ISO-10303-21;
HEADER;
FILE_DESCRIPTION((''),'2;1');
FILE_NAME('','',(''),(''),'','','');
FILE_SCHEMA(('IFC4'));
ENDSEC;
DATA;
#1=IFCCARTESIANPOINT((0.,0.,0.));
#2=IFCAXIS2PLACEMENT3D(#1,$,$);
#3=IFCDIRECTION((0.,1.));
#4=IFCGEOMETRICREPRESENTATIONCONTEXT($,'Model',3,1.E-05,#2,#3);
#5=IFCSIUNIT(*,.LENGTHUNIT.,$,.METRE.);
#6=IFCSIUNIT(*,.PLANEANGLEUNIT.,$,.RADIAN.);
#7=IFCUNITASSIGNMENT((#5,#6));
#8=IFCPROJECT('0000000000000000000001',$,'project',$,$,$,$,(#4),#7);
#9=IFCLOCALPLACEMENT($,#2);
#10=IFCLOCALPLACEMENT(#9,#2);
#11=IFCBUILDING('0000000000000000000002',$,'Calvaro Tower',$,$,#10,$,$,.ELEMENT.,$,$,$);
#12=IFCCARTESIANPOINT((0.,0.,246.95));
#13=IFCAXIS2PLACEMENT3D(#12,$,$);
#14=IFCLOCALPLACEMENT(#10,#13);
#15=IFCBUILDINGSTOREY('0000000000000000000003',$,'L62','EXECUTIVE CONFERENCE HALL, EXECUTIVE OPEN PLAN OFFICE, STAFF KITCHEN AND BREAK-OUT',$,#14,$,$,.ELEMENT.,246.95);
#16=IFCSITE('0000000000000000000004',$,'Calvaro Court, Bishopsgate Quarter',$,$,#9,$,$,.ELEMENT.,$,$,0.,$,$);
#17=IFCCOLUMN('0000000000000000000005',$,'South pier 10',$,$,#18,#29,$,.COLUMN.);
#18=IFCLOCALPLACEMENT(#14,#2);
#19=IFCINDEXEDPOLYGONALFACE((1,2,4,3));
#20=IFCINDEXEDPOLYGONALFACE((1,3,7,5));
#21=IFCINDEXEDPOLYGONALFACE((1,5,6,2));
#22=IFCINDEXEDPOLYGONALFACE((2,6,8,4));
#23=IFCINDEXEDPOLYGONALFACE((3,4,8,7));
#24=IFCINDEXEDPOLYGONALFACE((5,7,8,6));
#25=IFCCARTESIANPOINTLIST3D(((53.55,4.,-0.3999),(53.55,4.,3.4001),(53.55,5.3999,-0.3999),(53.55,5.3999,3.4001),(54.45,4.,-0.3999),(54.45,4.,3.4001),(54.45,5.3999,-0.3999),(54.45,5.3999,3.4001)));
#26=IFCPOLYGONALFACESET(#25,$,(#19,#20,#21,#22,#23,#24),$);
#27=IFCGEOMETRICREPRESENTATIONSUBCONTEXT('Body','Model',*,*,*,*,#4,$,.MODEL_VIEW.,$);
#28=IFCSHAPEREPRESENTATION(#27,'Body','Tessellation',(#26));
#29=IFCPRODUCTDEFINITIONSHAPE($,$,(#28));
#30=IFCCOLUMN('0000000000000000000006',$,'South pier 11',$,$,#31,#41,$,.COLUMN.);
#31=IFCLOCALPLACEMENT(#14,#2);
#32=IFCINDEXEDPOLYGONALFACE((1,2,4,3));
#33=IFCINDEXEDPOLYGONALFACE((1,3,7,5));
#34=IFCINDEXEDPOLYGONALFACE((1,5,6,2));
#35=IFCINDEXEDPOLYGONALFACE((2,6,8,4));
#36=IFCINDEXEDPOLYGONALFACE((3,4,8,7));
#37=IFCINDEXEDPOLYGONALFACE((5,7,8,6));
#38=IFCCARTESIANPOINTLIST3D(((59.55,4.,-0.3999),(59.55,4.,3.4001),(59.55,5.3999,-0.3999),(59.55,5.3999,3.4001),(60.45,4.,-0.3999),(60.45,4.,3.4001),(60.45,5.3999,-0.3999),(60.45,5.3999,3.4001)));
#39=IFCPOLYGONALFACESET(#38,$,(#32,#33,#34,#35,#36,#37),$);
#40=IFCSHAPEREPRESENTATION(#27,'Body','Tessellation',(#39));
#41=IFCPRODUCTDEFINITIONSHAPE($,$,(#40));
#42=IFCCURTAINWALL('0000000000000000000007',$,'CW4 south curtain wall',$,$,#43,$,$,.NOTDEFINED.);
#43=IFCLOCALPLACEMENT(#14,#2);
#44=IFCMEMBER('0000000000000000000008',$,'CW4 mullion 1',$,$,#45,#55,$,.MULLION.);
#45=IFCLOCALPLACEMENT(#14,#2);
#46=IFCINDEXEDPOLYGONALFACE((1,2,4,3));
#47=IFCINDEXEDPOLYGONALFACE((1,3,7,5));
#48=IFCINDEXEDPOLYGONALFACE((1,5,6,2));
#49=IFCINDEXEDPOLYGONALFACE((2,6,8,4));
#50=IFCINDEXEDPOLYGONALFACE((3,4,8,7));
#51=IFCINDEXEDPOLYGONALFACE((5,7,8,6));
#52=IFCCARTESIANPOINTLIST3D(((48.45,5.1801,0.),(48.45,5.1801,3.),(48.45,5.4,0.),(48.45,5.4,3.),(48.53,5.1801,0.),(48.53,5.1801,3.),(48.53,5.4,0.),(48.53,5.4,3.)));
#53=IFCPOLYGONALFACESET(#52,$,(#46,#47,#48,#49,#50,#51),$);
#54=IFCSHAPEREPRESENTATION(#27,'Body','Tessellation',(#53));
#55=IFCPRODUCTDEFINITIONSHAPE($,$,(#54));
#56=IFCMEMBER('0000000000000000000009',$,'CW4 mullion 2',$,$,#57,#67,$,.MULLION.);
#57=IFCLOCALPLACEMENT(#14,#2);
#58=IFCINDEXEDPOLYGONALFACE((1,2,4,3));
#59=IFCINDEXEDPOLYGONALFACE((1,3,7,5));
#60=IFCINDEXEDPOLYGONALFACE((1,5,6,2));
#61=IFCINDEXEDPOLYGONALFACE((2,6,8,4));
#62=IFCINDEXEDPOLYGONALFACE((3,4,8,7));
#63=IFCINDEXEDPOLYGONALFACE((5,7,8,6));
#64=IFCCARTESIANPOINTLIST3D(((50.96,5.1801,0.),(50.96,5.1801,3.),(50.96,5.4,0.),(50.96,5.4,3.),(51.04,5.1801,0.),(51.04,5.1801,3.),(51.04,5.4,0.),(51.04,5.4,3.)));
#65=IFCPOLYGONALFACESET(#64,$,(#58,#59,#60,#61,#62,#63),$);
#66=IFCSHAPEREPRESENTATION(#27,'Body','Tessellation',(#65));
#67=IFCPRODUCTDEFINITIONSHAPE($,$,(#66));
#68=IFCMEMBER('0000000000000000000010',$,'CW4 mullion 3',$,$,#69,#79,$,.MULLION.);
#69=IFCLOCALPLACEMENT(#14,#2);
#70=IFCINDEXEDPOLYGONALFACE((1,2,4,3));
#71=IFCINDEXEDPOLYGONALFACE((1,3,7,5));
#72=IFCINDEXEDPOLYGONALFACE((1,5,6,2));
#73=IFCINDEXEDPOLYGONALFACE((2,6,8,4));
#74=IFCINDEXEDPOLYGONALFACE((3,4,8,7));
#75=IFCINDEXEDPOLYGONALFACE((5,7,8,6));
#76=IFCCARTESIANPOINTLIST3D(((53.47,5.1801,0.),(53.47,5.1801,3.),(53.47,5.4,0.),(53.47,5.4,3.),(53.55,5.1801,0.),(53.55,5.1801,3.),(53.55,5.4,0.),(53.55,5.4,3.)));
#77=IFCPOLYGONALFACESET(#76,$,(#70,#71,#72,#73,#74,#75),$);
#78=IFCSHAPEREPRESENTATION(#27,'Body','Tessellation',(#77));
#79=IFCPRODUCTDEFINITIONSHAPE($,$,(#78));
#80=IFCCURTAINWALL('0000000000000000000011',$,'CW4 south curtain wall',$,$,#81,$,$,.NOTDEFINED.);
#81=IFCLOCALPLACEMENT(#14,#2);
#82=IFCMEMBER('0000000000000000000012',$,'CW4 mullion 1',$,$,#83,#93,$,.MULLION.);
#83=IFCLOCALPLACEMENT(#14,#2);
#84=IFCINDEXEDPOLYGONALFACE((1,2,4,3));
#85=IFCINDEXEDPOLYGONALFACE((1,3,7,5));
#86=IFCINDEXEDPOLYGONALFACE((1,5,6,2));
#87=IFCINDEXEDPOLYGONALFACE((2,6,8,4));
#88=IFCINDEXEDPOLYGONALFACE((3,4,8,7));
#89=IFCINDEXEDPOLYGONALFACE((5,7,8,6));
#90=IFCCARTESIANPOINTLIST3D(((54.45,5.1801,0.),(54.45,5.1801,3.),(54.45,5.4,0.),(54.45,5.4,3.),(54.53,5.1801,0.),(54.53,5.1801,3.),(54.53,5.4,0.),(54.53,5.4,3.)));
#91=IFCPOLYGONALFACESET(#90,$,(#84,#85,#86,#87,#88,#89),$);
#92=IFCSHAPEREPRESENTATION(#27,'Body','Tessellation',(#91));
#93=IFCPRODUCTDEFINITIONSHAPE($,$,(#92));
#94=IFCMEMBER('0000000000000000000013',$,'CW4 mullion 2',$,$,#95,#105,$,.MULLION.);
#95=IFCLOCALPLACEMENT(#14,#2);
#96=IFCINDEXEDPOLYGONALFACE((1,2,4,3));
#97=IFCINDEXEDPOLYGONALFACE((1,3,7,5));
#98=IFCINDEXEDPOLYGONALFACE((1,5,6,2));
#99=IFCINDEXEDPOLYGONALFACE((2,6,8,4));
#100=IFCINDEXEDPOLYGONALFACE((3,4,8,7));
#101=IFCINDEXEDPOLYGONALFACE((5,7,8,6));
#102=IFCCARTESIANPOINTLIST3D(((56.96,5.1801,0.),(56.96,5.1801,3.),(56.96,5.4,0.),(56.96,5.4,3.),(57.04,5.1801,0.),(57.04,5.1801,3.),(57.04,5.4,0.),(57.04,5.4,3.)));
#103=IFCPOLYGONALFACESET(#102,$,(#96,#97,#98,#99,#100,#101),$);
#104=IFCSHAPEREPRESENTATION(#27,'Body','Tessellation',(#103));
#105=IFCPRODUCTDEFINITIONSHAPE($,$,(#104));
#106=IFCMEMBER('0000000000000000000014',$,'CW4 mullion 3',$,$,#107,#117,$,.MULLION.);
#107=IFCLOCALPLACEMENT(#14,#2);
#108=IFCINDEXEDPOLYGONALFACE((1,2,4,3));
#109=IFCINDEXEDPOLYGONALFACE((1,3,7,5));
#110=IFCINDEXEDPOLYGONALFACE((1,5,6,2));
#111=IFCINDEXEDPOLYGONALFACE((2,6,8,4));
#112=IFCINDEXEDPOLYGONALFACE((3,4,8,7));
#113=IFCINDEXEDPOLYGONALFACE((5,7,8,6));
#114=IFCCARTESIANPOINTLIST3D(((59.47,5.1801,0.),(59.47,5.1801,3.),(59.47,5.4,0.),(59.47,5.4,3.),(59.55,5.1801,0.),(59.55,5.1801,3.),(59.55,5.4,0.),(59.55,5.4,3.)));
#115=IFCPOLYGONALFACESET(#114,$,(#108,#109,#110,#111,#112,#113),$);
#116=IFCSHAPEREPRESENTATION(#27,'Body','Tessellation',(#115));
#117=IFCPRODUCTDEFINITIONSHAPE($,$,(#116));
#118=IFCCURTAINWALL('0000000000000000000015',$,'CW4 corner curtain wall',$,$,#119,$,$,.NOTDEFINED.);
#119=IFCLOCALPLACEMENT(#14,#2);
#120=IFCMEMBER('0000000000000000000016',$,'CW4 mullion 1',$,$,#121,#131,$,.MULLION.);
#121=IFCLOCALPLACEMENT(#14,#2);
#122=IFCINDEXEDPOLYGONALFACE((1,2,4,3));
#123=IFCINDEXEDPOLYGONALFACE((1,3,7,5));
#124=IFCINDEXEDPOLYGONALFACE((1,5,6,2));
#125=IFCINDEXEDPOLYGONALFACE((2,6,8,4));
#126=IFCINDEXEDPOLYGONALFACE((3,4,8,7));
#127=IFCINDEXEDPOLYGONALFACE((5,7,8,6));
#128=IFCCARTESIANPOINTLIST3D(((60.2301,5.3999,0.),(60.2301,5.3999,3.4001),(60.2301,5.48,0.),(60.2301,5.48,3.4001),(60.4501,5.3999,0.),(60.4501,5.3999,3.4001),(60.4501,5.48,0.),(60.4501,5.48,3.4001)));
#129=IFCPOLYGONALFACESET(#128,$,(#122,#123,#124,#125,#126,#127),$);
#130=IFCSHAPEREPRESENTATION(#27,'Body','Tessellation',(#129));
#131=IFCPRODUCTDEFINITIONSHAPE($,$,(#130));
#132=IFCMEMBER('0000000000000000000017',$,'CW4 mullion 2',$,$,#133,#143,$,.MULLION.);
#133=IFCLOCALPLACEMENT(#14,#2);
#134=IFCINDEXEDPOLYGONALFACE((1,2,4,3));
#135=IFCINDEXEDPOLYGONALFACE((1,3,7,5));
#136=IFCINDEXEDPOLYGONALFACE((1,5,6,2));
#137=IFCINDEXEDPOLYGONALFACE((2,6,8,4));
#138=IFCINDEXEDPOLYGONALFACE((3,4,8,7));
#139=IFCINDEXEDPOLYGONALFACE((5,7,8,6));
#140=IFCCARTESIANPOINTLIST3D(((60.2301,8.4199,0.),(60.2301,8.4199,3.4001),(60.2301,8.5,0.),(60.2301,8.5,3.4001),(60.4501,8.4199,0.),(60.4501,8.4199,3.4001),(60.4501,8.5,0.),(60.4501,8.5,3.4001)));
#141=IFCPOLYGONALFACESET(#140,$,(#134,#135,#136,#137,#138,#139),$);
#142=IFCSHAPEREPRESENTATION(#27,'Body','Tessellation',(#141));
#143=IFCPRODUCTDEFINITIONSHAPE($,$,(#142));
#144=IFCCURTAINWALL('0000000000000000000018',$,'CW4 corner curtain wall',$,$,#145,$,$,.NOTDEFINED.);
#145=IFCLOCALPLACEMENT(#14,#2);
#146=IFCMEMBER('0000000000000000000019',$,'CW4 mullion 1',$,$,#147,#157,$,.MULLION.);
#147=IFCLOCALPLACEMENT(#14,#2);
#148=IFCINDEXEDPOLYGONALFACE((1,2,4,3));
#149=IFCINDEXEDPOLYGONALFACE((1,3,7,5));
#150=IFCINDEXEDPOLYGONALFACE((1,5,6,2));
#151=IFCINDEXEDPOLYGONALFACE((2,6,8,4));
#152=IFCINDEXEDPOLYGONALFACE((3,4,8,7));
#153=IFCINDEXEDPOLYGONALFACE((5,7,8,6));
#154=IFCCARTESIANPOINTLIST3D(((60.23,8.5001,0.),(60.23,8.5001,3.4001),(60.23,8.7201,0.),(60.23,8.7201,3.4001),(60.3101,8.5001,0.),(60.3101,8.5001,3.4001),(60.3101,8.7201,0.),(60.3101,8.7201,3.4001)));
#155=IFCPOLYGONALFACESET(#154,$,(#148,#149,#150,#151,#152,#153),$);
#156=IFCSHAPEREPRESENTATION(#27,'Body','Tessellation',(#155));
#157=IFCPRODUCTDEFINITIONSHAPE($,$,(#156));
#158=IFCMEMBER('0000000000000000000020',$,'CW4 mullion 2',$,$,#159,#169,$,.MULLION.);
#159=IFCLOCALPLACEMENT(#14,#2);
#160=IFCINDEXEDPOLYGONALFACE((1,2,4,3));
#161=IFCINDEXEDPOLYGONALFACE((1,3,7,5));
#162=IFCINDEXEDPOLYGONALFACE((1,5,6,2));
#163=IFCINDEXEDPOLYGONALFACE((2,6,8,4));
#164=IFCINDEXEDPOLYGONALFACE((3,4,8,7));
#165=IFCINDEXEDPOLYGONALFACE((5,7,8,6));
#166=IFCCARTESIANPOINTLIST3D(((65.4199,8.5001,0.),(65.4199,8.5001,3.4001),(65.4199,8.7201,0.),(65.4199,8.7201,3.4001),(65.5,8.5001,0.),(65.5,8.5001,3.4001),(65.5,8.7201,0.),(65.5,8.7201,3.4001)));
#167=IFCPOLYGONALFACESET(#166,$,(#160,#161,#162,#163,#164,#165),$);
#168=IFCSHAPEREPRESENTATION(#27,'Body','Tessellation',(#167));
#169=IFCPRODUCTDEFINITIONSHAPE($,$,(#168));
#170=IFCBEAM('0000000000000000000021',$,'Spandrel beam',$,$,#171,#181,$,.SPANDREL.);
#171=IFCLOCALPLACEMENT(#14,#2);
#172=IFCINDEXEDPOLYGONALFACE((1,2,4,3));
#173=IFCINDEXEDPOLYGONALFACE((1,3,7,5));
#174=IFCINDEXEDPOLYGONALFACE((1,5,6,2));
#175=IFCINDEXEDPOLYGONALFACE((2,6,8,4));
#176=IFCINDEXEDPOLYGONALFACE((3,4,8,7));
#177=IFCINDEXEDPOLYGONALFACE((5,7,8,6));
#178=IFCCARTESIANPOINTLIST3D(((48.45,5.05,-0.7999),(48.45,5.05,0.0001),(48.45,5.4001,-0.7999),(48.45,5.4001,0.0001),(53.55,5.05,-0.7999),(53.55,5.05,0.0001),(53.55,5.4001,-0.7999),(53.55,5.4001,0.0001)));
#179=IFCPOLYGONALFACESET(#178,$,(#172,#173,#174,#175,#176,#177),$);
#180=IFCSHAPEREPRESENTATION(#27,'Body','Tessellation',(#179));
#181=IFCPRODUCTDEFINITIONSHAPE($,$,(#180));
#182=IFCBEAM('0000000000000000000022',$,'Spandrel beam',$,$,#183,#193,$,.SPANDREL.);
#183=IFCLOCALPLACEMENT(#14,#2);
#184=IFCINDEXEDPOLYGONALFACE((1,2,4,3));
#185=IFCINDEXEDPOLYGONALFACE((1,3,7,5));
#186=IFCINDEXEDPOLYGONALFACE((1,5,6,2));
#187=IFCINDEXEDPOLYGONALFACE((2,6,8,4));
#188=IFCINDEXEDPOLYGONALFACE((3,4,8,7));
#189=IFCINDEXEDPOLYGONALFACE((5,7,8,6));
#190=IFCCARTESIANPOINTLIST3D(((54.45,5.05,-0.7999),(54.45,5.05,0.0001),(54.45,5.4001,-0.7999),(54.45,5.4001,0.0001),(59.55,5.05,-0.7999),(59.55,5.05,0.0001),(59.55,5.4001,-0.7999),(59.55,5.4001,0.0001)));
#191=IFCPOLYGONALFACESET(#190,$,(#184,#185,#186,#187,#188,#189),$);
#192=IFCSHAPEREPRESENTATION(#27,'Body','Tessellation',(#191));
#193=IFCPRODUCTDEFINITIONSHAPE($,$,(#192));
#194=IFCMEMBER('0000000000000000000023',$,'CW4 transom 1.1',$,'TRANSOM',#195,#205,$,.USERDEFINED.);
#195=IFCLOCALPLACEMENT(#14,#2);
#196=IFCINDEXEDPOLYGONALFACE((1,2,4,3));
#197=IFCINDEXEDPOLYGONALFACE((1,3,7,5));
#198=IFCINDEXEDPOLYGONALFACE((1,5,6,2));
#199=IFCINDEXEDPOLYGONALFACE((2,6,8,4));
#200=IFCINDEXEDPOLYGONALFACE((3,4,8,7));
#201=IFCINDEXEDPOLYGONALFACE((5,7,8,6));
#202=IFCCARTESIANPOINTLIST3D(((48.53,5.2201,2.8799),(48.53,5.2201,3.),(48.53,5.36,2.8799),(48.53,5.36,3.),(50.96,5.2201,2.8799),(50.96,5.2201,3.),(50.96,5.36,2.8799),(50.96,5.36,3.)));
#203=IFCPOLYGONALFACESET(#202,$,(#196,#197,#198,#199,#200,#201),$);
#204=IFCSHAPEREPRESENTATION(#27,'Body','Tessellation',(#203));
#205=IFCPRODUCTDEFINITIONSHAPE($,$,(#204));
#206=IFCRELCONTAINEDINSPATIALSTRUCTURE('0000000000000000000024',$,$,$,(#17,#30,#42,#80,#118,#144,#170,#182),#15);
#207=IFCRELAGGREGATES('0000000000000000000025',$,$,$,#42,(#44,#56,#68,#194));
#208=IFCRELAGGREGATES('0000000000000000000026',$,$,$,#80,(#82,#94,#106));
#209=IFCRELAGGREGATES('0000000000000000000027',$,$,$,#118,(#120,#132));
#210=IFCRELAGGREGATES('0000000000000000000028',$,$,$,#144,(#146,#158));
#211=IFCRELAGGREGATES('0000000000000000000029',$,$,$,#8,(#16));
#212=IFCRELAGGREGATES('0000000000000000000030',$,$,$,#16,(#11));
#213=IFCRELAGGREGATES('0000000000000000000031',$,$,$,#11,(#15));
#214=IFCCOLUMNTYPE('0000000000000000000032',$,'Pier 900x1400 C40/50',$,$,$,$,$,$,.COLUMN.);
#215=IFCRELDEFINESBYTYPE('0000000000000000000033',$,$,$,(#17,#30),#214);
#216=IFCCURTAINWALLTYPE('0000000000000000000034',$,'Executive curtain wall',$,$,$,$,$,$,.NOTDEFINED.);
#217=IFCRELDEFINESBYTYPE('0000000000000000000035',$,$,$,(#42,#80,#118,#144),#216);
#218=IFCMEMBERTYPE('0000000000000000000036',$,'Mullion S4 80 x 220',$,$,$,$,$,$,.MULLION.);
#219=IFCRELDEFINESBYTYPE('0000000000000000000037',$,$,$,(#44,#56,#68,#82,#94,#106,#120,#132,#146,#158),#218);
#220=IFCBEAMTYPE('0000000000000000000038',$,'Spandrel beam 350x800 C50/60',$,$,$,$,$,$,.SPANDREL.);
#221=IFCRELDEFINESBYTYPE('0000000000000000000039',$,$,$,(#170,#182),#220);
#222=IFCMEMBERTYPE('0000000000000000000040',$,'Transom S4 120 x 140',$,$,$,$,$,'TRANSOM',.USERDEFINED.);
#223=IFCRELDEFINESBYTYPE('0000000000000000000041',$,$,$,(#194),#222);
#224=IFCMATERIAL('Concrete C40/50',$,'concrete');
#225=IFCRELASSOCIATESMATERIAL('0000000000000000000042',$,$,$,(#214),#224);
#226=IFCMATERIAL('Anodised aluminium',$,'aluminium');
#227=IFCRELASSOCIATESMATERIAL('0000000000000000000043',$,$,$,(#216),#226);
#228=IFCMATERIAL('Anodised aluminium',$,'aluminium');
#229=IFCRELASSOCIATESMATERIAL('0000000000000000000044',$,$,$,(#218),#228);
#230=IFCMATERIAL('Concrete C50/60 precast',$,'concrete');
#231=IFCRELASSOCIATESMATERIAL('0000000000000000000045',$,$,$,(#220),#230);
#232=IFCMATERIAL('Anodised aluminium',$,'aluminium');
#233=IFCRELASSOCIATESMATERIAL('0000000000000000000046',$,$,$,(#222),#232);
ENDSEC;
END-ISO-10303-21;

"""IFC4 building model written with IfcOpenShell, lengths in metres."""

from ifc_helpers import new_model, si_unit, direction, frame, origin, origin_2d, place, context, subcontext, project, spatial, rectangle, extrude, material, material_profile, profile_set, type_object, element, aggregate, save


model = new_model("IFC4")

# Units and contexts
model_context = context("Model", 3, precision=1e-05, world=origin(), true_north=direction((0.0, 1.0)))
body_context = subcontext(model_context, "Body", "Model", "MODEL_VIEW")
ifc_project = project(units=[si_unit("LENGTHUNIT", "METRE"), si_unit("PLANEANGLEUNIT", "RADIAN")], contexts=[model_context])

# Site, building, storey
site_placement = place(None, origin())
site = spatial("IfcSite", under=ifc_project, at=site_placement, Name="Calvaro Court, Bishopsgate Quarter", CompositionType="ELEMENT", RefElevation=0.0)
building_placement = place(site_placement, origin())
building = spatial("IfcBuilding", under=site, at=building_placement, Name="Calvaro Tower", CompositionType="ELEMENT")
storey_placement = place(building_placement, frame((0.0, 0.0, 246.95)))
storey = spatial("IfcBuildingStorey", under=building, at=storey_placement, Name="L62", Description="EXECUTIVE CONFERENCE HALL, EXECUTIVE OPEN PLAN OFFICE, STAFF KITCHEN AND BREAK-OUT", CompositionType="ELEMENT", Elevation=246.95)

# Columns
ifc_material_1 = material(Name="Concrete C40/50", Category="concrete")
ifc_material_profile_1 = material_profile(ifc_material_1, rectangle(XDim=0.8999, YDim=1.3999, at=origin_2d()), Name="RC 900x1400")
ifc_profile_set_1 = profile_set([ifc_material_profile_1], Name="Concrete C40/50")
column_type = type_object("IfcColumnType", Name="Pier 900x1400 C40/50", PredefinedType="COLUMN", material=ifc_profile_set_1)
for number, where, z_axis, x_axis, name in (
    (1, (54.0, 4.7, -0.3999), (0.0, 0.0, 1.0), (1.0, 0.0, 0.0), "South pier 10"),
    (2, (60.0, 4.7, -0.3999), (0.0, 0.0, 1.0), (1.0, 0.0, 0.0), "South pier 11"),
):
    element("IfcColumn", number, at=place(storey_placement, frame(where, z_axis=z_axis, x_axis=x_axis)), inside=storey, type_object=column_type, Name=name, PredefinedType="COLUMN", context=body_context, shape_type="SweptSolid", body=[
        extrude(rectangle(XDim=0.8999, YDim=1.3999, at=origin_2d()), origin(), (0.0, 0.0, 1.0), 3.8),
    ])

# Curtain walls, members
ifc_material_2 = material(Name="Anodised aluminium", Category="aluminium")
curtain_wall_type = type_object("IfcCurtainWallType", Name="Executive curtain wall", PredefinedType="NOTDEFINED", material=ifc_material_2)
curtain_wall_1_placement = place(storey_placement, origin())
curtain_wall_1 = element("IfcCurtainWall", 3, at=curtain_wall_1_placement, inside=storey, type_object=curtain_wall_type, Name="CW4 south curtain wall", PredefinedType="NOTDEFINED")
ifc_material_3 = material(Name="Anodised aluminium", Category="aluminium")
ifc_material_profile_2 = material_profile(ifc_material_3, rectangle(XDim=0.22, YDim=0.0801, at=origin_2d()), Name="Mullion S4 80 x 220")
ifc_profile_set_2 = profile_set([ifc_material_profile_2], Name="Anodised aluminium")
member_type_1 = type_object("IfcMemberType", Name="Mullion S4 80 x 220", PredefinedType="MULLION", material=ifc_profile_set_2)
member_1_placement = place(storey_placement, frame((48.49, 5.29, 0.0), z_axis=(0.0, 0.0, 1.0), x_axis=(0.0, 1.0, 0.0)))
member_1 = element("IfcMember", 4, at=member_1_placement, type_object=member_type_1, Name="CW4 mullion 1", PredefinedType="MULLION", context=body_context, shape_type="SweptSolid", body=[
    extrude(rectangle(XDim=0.22, YDim=0.0801, at=origin_2d()), origin(), (0.0, 0.0, 1.0), 3.0),
])
member_2_placement = place(storey_placement, frame((51.0, 5.29, 0.0), z_axis=(0.0, 0.0, 1.0), x_axis=(0.0, 1.0, 0.0)))
member_2 = element("IfcMember", 5, at=member_2_placement, type_object=member_type_1, Name="CW4 mullion 2", PredefinedType="MULLION", context=body_context, shape_type="SweptSolid", body=[
    extrude(rectangle(XDim=0.22, YDim=0.0801, at=origin_2d()), origin(), (0.0, 0.0, 1.0), 3.0),
])
member_3_placement = place(storey_placement, frame((53.51, 5.29, 0.0), z_axis=(0.0, 0.0, 1.0), x_axis=(0.0, 1.0, 0.0)))
member_3 = element("IfcMember", 6, at=member_3_placement, type_object=member_type_1, Name="CW4 mullion 3", PredefinedType="MULLION", context=body_context, shape_type="SweptSolid", body=[
    extrude(rectangle(XDim=0.22, YDim=0.0801, at=origin_2d()), origin(), (0.0, 0.0, 1.0), 3.0),
])
curtain_wall_2_placement = place(storey_placement, origin())
curtain_wall_2 = element("IfcCurtainWall", 7, at=curtain_wall_2_placement, inside=storey, type_object=curtain_wall_type, Name="CW4 south curtain wall", PredefinedType="NOTDEFINED")
member_4_placement = place(storey_placement, frame((54.49, 5.29, 0.0), z_axis=(0.0, 0.0, 1.0), x_axis=(0.0, 1.0, 0.0)))
member_4 = element("IfcMember", 8, at=member_4_placement, type_object=member_type_1, Name="CW4 mullion 1", PredefinedType="MULLION", context=body_context, shape_type="SweptSolid", body=[
    extrude(rectangle(XDim=0.22, YDim=0.0801, at=origin_2d()), origin(), (0.0, 0.0, 1.0), 3.0),
])
member_5_placement = place(storey_placement, frame((57.0, 5.29, 0.0), z_axis=(0.0, 0.0, 1.0), x_axis=(0.0, 1.0, 0.0)))
member_5 = element("IfcMember", 9, at=member_5_placement, type_object=member_type_1, Name="CW4 mullion 2", PredefinedType="MULLION", context=body_context, shape_type="SweptSolid", body=[
    extrude(rectangle(XDim=0.22, YDim=0.0801, at=origin_2d()), origin(), (0.0, 0.0, 1.0), 3.0),
])
member_6_placement = place(storey_placement, frame((59.51, 5.29, 0.0), z_axis=(0.0, 0.0, 1.0), x_axis=(0.0, 1.0, 0.0)))
member_6 = element("IfcMember", 10, at=member_6_placement, type_object=member_type_1, Name="CW4 mullion 3", PredefinedType="MULLION", context=body_context, shape_type="SweptSolid", body=[
    extrude(rectangle(XDim=0.22, YDim=0.0801, at=origin_2d()), origin(), (0.0, 0.0, 1.0), 3.0),
])
curtain_wall_3_placement = place(storey_placement, origin())
curtain_wall_3 = element("IfcCurtainWall", 11, at=curtain_wall_3_placement, inside=storey, type_object=curtain_wall_type, Name="CW4 corner curtain wall", PredefinedType="NOTDEFINED")
member_7_placement = place(storey_placement, frame((60.3401, 5.4399, 0.0), z_axis=(0.0, 0.0, 1.0), x_axis=(-1.0, 0.0, 0.0)))
member_7 = element("IfcMember", 12, at=member_7_placement, type_object=member_type_1, Name="CW4 mullion 1", PredefinedType="MULLION", context=body_context, shape_type="SweptSolid", body=[
    extrude(rectangle(XDim=0.22, YDim=0.0801, at=origin_2d()), origin(), (0.0, 0.0, 1.0), 3.4001),
])
member_8_placement = place(storey_placement, frame((60.3401, 8.46, 0.0), z_axis=(0.0, 0.0, 1.0), x_axis=(-1.0, 0.0, 0.0)))
member_8 = element("IfcMember", 13, at=member_8_placement, type_object=member_type_1, Name="CW4 mullion 2", PredefinedType="MULLION", context=body_context, shape_type="SweptSolid", body=[
    extrude(rectangle(XDim=0.22, YDim=0.0801, at=origin_2d()), origin(), (0.0, 0.0, 1.0), 3.4001),
])
curtain_wall_4_placement = place(storey_placement, origin())
curtain_wall_4 = element("IfcCurtainWall", 14, at=curtain_wall_4_placement, inside=storey, type_object=curtain_wall_type, Name="CW4 corner curtain wall", PredefinedType="NOTDEFINED")
member_9_placement = place(storey_placement, frame((60.27, 8.6101, 0.0), z_axis=(0.0, 0.0, 1.0), x_axis=(0.0, 1.0, 0.0)))
member_9 = element("IfcMember", 15, at=member_9_placement, type_object=member_type_1, Name="CW4 mullion 1", PredefinedType="MULLION", context=body_context, shape_type="SweptSolid", body=[
    extrude(rectangle(XDim=0.22, YDim=0.0801, at=origin_2d()), origin(), (0.0, 0.0, 1.0), 3.4001),
])
member_10_placement = place(storey_placement, frame((65.46, 8.6101, 0.0), z_axis=(0.0, 0.0, 1.0), x_axis=(0.0, 1.0, 0.0)))
member_10 = element("IfcMember", 16, at=member_10_placement, type_object=member_type_1, Name="CW4 mullion 2", PredefinedType="MULLION", context=body_context, shape_type="SweptSolid", body=[
    extrude(rectangle(XDim=0.22, YDim=0.0801, at=origin_2d()), origin(), (0.0, 0.0, 1.0), 3.4001),
])

# Beams
ifc_material_4 = material(Name="Concrete C50/60 precast", Category="concrete")
ifc_material_profile_3 = material_profile(ifc_material_4, rectangle(XDim=0.3501, YDim=0.8, at=origin_2d()), Name="RC 350x800")
ifc_profile_set_3 = profile_set([ifc_material_profile_3], Name="Concrete C50/60 precast")
beam_type = type_object("IfcBeamType", Name="Spandrel beam 350x800 C50/60", PredefinedType="SPANDREL", material=ifc_profile_set_3)
for number, where, z_axis, x_axis, name in (
    (17, (48.45, 5.2251, -0.3999), (1.0, 0.0, 0.0), (0.0, 1.0, 0.0), "Spandrel beam"),
    (18, (54.45, 5.2251, -0.3999), (1.0, 0.0, 0.0), (0.0, 1.0, 0.0), "Spandrel beam"),
):
    element("IfcBeam", number, at=place(storey_placement, frame(where, z_axis=z_axis, x_axis=x_axis)), inside=storey, type_object=beam_type, Name=name, PredefinedType="SPANDREL", context=body_context, shape_type="SweptSolid", body=[
        extrude(rectangle(XDim=0.3501, YDim=0.8, at=origin_2d()), origin(), (0.0, 0.0, 1.0), 5.1001),
    ])

# Member
ifc_material_5 = material(Name="Anodised aluminium", Category="aluminium")
ifc_material_profile_4 = material_profile(ifc_material_5, rectangle(XDim=0.1399, YDim=0.1201, at=origin_2d()), Name="Transom S4 120 x 140")
ifc_profile_set_4 = profile_set([ifc_material_profile_4], Name="Anodised aluminium")
member_type_2 = type_object("IfcMemberType", Name="Transom S4 120 x 140", ElementType="TRANSOM", PredefinedType="USERDEFINED", material=ifc_profile_set_4)
member_11_placement = place(storey_placement, frame((48.53, 5.29, 2.9399), z_axis=(1.0, 0.0, 0.0), x_axis=(0.0, 1.0, 0.0)))
member_11 = element("IfcMember", 19, at=member_11_placement, type_object=member_type_2, Name="CW4 transom 1.1", ObjectType="TRANSOM", PredefinedType="USERDEFINED", context=body_context, shape_type="SweptSolid", body=[
    extrude(rectangle(XDim=0.1399, YDim=0.1201, at=origin_2d()), origin(), (0.0, 0.0, 1.0), 2.4299),
])

aggregate(curtain_wall_1, [member_1, member_2, member_3, member_11])
aggregate(curtain_wall_2, [member_4, member_5, member_6])
aggregate(curtain_wall_3, [member_7, member_8])
aggregate(curtain_wall_4, [member_9, member_10])

save(model, "model.ifc")
